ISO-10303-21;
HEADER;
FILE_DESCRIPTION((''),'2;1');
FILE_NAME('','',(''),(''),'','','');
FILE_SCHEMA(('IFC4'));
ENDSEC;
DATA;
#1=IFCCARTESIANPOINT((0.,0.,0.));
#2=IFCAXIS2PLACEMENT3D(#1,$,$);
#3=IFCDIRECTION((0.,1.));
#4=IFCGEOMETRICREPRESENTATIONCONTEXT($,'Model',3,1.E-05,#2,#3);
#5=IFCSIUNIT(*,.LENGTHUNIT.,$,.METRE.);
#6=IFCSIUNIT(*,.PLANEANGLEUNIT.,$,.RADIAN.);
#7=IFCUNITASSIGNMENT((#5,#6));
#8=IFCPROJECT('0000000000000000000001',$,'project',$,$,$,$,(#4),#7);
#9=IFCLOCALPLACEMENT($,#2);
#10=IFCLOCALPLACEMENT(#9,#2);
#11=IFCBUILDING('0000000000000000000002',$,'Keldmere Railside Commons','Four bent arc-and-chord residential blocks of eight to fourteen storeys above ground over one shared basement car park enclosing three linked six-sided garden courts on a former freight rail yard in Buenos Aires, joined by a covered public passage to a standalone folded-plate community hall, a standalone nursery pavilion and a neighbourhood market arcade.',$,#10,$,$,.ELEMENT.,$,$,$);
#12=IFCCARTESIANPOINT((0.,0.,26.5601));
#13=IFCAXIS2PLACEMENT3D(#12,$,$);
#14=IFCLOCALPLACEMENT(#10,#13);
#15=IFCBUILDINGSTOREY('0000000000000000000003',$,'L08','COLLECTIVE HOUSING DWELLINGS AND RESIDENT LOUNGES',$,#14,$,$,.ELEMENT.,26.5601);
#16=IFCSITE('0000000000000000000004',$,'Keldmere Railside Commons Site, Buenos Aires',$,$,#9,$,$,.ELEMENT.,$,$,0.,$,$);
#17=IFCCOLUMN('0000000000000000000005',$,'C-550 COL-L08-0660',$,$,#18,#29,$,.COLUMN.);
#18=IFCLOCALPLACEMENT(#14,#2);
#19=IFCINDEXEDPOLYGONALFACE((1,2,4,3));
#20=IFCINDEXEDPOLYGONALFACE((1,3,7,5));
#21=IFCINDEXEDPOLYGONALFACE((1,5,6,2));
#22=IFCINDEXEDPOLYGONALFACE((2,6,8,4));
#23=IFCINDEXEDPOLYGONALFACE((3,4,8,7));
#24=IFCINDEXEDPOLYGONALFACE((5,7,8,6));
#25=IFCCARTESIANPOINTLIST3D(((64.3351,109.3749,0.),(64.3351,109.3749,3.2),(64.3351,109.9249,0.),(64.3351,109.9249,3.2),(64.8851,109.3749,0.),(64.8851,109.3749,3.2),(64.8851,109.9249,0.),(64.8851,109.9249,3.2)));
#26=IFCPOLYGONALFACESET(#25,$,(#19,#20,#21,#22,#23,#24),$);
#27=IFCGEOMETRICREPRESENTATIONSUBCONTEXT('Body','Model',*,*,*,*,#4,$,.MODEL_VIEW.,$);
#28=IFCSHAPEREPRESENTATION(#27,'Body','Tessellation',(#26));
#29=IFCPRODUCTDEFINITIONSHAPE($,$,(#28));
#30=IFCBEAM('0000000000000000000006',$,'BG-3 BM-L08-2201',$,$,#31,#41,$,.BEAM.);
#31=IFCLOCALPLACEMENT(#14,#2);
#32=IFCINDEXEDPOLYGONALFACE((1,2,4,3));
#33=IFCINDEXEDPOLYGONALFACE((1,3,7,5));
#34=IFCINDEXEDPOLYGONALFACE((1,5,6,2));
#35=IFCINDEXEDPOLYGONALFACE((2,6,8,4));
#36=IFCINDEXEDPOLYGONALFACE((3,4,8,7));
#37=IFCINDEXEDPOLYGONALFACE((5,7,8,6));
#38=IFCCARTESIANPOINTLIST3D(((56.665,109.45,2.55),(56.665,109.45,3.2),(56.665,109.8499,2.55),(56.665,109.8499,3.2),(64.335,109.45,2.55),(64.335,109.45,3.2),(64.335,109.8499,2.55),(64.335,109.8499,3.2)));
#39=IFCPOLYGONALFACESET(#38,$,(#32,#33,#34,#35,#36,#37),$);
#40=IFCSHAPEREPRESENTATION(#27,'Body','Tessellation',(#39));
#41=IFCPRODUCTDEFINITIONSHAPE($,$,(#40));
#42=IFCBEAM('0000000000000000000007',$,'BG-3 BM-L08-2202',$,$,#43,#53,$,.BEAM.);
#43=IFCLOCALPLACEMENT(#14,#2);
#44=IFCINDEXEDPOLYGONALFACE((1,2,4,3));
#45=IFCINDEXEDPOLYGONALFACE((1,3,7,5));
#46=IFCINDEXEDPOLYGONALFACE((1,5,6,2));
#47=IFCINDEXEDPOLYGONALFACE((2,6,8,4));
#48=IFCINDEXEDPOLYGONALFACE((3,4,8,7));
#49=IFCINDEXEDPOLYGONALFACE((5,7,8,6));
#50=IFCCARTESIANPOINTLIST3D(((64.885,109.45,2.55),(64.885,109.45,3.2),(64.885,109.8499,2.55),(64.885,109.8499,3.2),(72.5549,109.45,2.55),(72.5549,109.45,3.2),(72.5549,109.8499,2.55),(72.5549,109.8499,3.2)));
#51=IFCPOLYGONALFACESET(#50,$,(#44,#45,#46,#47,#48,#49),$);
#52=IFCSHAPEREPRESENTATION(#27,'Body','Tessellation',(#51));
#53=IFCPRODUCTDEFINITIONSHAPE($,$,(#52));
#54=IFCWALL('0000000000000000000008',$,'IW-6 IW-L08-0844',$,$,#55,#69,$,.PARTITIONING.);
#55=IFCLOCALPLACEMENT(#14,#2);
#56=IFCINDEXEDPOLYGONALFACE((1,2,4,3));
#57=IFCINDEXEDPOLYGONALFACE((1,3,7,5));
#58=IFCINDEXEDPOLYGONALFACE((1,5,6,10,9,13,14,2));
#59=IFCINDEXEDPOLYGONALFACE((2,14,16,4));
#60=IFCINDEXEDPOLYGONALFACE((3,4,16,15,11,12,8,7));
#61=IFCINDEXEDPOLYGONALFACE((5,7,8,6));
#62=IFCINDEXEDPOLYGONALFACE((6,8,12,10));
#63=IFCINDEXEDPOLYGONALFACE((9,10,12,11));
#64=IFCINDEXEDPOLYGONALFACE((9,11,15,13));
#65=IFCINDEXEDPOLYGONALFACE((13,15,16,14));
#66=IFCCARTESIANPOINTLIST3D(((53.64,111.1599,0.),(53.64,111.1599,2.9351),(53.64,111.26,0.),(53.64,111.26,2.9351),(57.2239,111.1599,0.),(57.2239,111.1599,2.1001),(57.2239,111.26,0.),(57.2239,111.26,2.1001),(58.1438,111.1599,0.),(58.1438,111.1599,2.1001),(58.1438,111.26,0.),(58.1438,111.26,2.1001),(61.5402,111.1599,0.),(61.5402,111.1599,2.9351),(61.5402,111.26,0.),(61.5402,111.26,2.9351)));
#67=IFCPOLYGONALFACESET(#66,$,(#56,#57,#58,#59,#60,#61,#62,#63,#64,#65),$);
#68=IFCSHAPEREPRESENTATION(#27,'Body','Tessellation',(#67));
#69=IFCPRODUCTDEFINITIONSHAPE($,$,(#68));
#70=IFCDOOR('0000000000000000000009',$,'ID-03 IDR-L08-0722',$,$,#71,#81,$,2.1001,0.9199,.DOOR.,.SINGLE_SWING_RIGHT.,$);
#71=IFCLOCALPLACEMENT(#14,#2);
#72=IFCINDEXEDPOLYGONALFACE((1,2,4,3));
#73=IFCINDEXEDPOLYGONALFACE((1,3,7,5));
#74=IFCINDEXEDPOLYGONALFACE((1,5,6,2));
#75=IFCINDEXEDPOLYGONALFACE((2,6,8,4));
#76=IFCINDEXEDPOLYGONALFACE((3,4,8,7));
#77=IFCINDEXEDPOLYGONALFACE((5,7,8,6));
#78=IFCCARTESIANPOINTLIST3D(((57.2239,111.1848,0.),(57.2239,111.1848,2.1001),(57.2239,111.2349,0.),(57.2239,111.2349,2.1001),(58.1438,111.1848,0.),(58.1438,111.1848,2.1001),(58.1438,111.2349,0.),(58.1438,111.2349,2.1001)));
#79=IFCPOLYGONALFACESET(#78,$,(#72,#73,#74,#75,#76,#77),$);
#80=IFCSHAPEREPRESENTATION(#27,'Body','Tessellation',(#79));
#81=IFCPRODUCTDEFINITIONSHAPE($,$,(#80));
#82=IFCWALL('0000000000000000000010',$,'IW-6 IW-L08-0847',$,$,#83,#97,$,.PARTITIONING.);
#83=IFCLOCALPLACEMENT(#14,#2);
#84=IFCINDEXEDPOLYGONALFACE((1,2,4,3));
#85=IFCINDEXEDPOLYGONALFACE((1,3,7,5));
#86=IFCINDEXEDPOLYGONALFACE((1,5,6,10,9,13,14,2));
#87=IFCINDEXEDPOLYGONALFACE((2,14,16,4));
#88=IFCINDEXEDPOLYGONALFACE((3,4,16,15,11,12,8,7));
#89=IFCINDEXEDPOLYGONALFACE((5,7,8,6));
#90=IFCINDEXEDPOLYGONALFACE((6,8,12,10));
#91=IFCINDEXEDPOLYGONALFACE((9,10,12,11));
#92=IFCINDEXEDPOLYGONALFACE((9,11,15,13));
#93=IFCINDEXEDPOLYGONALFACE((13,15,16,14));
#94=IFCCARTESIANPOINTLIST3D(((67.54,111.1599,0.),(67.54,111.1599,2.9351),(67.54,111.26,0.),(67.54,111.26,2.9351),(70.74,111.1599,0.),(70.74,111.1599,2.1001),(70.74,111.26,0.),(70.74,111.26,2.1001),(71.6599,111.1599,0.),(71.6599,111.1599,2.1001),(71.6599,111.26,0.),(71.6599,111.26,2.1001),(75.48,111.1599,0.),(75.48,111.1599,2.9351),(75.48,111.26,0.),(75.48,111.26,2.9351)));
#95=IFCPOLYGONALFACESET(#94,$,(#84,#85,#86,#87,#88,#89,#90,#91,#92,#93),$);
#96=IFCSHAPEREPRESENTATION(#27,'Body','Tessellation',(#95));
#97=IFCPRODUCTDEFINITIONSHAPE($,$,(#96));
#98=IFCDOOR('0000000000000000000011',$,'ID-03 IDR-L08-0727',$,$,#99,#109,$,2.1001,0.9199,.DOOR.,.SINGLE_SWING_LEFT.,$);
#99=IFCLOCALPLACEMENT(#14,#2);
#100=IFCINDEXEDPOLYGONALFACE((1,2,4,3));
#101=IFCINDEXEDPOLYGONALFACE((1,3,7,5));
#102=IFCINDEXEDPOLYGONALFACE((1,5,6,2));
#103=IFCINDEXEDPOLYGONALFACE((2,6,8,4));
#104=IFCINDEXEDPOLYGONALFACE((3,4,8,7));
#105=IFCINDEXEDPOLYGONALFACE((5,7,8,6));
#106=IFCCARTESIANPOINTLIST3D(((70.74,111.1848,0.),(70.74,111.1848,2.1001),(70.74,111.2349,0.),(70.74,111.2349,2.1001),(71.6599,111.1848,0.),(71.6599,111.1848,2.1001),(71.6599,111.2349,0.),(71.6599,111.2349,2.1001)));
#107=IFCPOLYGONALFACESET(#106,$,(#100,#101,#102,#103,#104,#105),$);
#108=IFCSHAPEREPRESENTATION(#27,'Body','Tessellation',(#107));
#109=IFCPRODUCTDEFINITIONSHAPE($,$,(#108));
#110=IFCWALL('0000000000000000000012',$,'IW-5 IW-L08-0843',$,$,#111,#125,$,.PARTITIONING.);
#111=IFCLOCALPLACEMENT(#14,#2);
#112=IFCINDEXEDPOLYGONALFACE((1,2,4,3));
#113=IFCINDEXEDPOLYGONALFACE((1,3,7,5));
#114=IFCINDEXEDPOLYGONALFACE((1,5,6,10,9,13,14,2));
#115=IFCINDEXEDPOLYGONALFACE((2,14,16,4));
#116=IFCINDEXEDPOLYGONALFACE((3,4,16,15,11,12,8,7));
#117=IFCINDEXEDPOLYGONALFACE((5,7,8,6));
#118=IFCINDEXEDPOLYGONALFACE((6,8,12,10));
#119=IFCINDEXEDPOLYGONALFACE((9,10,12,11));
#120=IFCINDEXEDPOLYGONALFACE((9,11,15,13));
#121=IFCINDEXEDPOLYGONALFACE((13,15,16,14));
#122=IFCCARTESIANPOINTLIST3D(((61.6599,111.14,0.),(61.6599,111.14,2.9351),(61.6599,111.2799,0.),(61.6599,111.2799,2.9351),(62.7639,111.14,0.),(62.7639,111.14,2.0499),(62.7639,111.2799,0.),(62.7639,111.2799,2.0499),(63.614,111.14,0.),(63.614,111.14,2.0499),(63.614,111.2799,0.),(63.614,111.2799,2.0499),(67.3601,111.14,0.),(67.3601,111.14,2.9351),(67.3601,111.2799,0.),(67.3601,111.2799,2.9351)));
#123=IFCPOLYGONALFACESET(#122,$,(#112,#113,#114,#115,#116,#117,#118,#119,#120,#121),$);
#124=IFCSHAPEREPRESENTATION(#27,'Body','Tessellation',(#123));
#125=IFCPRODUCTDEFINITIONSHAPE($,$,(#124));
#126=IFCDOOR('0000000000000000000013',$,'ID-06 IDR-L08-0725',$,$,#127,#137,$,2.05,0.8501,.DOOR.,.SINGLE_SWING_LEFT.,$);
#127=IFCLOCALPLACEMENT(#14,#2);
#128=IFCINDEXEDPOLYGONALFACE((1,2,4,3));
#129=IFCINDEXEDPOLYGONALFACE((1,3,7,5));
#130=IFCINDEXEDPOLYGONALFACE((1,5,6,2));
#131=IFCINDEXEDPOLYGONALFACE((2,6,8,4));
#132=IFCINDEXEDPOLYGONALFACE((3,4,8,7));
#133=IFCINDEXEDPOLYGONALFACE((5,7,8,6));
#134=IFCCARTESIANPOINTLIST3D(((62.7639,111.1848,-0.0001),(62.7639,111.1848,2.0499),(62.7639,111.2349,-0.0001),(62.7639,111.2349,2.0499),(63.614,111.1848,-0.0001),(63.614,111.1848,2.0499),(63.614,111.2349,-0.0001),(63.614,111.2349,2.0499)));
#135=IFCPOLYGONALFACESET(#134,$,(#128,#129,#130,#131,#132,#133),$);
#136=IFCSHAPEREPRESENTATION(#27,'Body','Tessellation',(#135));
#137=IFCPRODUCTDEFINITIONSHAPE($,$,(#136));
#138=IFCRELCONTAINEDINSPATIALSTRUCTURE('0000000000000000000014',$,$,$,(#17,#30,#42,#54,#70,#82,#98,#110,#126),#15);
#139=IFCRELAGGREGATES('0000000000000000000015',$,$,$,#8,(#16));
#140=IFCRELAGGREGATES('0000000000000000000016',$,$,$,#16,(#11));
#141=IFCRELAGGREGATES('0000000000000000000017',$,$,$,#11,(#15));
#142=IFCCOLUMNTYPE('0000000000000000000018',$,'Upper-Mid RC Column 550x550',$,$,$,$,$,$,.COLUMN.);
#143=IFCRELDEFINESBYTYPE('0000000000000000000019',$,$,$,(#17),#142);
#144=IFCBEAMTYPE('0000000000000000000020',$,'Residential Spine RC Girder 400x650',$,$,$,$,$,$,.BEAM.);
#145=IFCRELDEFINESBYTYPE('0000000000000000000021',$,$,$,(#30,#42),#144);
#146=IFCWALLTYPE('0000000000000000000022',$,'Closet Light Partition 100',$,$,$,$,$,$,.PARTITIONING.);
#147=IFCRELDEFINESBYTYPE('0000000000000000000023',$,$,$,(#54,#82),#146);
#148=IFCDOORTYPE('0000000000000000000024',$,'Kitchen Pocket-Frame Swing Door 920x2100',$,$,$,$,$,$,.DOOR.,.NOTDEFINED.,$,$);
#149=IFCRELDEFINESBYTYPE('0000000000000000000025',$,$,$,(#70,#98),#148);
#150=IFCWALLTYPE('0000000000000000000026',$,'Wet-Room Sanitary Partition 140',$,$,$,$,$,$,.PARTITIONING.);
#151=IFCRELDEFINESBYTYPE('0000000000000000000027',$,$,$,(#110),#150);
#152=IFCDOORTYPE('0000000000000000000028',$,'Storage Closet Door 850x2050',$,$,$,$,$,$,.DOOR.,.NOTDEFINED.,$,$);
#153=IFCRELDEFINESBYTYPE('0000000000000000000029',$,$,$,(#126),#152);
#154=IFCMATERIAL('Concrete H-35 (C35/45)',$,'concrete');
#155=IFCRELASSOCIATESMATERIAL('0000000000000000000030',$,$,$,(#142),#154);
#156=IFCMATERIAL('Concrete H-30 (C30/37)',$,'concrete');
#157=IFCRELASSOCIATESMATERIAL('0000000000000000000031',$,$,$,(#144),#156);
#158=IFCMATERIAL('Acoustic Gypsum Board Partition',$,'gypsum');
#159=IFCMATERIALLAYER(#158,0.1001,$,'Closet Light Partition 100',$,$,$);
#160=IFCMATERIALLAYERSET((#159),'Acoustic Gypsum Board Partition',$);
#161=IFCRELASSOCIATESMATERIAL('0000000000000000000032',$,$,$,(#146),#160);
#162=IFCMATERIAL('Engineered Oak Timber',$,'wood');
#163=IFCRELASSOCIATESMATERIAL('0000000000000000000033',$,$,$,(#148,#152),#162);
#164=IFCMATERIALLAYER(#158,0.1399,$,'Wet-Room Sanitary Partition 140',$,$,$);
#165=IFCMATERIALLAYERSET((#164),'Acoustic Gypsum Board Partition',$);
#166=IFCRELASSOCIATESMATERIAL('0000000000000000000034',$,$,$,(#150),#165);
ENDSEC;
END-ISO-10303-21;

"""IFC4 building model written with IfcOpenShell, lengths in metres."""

from ifc_helpers import new_model, si_unit, direction, frame, frame_2d, origin, origin_2d, place, context, subcontext, project, spatial, rectangle, extrude, material, layer, layer_set, material_profile, profile_set, type_object, element, fill, save


model = new_model("IFC4")

# Units and contexts
model_context = context("Model", 3, precision=1e-05, world=origin(), true_north=direction((0.0, 1.0)))
body_context = subcontext(model_context, "Body", "Model", "MODEL_VIEW")
ifc_project = project(units=[si_unit("LENGTHUNIT", "METRE"), si_unit("PLANEANGLEUNIT", "RADIAN")], contexts=[model_context])

# Site, building, storey
site_placement = place(None, origin())
site = spatial("IfcSite", under=ifc_project, at=site_placement, Name="Keldmere Railside Commons Site, Buenos Aires", CompositionType="ELEMENT", RefElevation=0.0)
building_placement = place(site_placement, origin())
building = spatial("IfcBuilding", under=site, at=building_placement, Name="Keldmere Railside Commons", Description="Four bent arc-and-chord residential blocks of eight to fourteen storeys above ground over one shared basement car park enclosing three linked six-sided garden courts on a former freight rail yard in Buenos Aires, joined by a covered public passage to a standalone folded-plate community hall, a standalone nursery pavilion and a neighbourhood market arcade.", CompositionType="ELEMENT")
storey_placement = place(building_placement, frame((0.0, 0.0, 26.5601)))
storey = spatial("IfcBuildingStorey", under=building, at=storey_placement, Name="L08", Description="COLLECTIVE HOUSING DWELLINGS AND RESIDENT LOUNGES", CompositionType="ELEMENT", Elevation=26.5601)

# Column
ifc_material_1 = material(Name="Concrete H-35 (C35/45)", Category="concrete")
ifc_material_profile_1 = material_profile(ifc_material_1, rectangle(XDim=0.55, YDim=0.55, at=origin_2d()), Name="RC-550x550")
ifc_profile_set_1 = profile_set([ifc_material_profile_1], Name="Concrete H-35 (C35/45)")
column_type = type_object("IfcColumnType", Name="Upper-Mid RC Column 550x550", PredefinedType="COLUMN", material=ifc_profile_set_1)
column_placement = place(storey_placement, frame((64.6101, 109.6499, 0.0), z_axis=(0.0, 0.0, 1.0), x_axis=(1.0, 0.0, 0.0)))
element("IfcColumn", 1, at=column_placement, inside=storey, type_object=column_type, Name="C-550 COL-L08-0660", PredefinedType="COLUMN", context=body_context, shape_type="SweptSolid", body=[
    extrude(rectangle(XDim=0.55, YDim=0.55, at=origin_2d()), origin(), (0.0, 0.0, 1.0), 3.2),
])

# Beams
ifc_material_2 = material(Name="Concrete H-30 (C30/37)", Category="concrete")
ifc_material_profile_2 = material_profile(ifc_material_2, rectangle(XDim=0.3999, YDim=0.6499, at=origin_2d()), Name="RC-400x650")
ifc_profile_set_2 = profile_set([ifc_material_profile_2], Name="Concrete H-30 (C30/37)")
beam_type = type_object("IfcBeamType", Name="Residential Spine RC Girder 400x650", PredefinedType="BEAM", material=ifc_profile_set_2)
for number, where, z_axis, x_axis, name in (
    (2, (56.665, 109.6499, 2.875), (1.0, 0.0, 0.0), (0.0, 1.0, 0.0), "BG-3 BM-L08-2201"),
    (3, (64.885, 109.6499, 2.875), (1.0, 0.0, 0.0), (0.0, 1.0, 0.0), "BG-3 BM-L08-2202"),
):
    element("IfcBeam", number, at=place(storey_placement, frame(where, z_axis=z_axis, x_axis=x_axis)), inside=storey, type_object=beam_type, Name=name, PredefinedType="BEAM", context=body_context, shape_type="SweptSolid", body=[
        extrude(rectangle(XDim=0.3999, YDim=0.6499, at=origin_2d()), origin(), (0.0, 0.0, 1.0), 7.6699),
    ])

# Walls, openings, doors
ifc_material_3 = material(Name="Acoustic Gypsum Board Partition", Category="gypsum")
ifc_layer_1 = layer(ifc_material_3, 0.1001, Name="Closet Light Partition 100")
ifc_layer_set_1 = layer_set([ifc_layer_1], Name="Acoustic Gypsum Board Partition")
wall_type_1 = type_object("IfcWallType", Name="Closet Light Partition 100", PredefinedType="PARTITIONING", material=ifc_layer_set_1)
wall_1_placement = place(storey_placement, frame((53.6399, 111.21, 0.0), z_axis=(0.0, 0.0, 1.0), x_axis=(1.0, 0.0, 0.0)))
wall_1 = element("IfcWall", 4, at=wall_1_placement, inside=storey, type_object=wall_type_1, Name="IW-6 IW-L08-0844", PredefinedType="PARTITIONING", context=body_context, shape_type="SweptSolid", body=[
    extrude(rectangle(XDim=7.9001, YDim=0.1001, at=frame_2d((3.9502, 0.0))), origin(), (0.0, 0.0, 1.0), 2.9351),
])
opening_1_placement = place(wall_1_placement, frame((3.584, 0.0, 0.0)))
opening_1 = element("IfcOpeningElement", 5, at=opening_1_placement, cuts=wall_1, PredefinedType="OPENING", context=body_context, shape_type="SweptSolid", body=[
    extrude(rectangle(XDim=0.9199, YDim=2.1001, at=frame_2d((0.46, 1.05))), frame((0.0, 0.0601, 0.0), z_axis=(0.0, -1.0, 0.0), x_axis=(1.0, 0.0, 0.0)), (0.0, 0.0, 1.0), 0.1201),
])
ifc_material_4 = material(Name="Engineered Oak Timber", Category="wood")
door_type_1 = type_object("IfcDoorType", Name="Kitchen Pocket-Frame Swing Door 920x2100", OperationType="NOTDEFINED", PredefinedType="DOOR", material=ifc_material_4)
door_1_placement = place(opening_1_placement, origin())
door_1 = element("IfcDoor", 6, at=door_1_placement, inside=storey, type_object=door_type_1, Name="ID-03 IDR-L08-0722", OperationType="SINGLE_SWING_RIGHT", OverallHeight=2.1001, OverallWidth=0.9199, PredefinedType="DOOR", context=body_context, shape_type="SweptSolid", body=[
    extrude(rectangle(XDim=0.9199, YDim=2.1001, at=frame_2d((0.46, 1.05))), frame((0.0, 0.0249, 0.0), z_axis=(0.0, -1.0, 0.0), x_axis=(1.0, 0.0, 0.0)), (0.0, 0.0, 1.0), 0.05),
])
fill(opening_1, door_1)
wall_2_placement = place(storey_placement, frame((67.54, 111.21, 0.0), z_axis=(0.0, 0.0, 1.0), x_axis=(1.0, 0.0, 0.0)))
wall_2 = element("IfcWall", 7, at=wall_2_placement, inside=storey, type_object=wall_type_1, Name="IW-6 IW-L08-0847", PredefinedType="PARTITIONING", context=body_context, shape_type="SweptSolid", body=[
    extrude(rectangle(XDim=7.9399, YDim=0.1001, at=frame_2d((3.97, 0.0))), origin(), (0.0, 0.0, 1.0), 2.9351),
])
opening_2_placement = place(wall_2_placement, frame((3.2, 0.0, 0.0)))
opening_2 = element("IfcOpeningElement", 8, at=opening_2_placement, cuts=wall_2, PredefinedType="OPENING", context=body_context, shape_type="SweptSolid", body=[
    extrude(rectangle(XDim=0.9199, YDim=2.1001, at=frame_2d((0.46, 1.05))), frame((0.0, 0.0601, 0.0), z_axis=(0.0, -1.0, 0.0), x_axis=(1.0, 0.0, 0.0)), (0.0, 0.0, 1.0), 0.1201),
])
door_2_placement = place(opening_2_placement, origin())
door_2 = element("IfcDoor", 9, at=door_2_placement, inside=storey, type_object=door_type_1, Name="ID-03 IDR-L08-0727", OperationType="SINGLE_SWING_LEFT", OverallHeight=2.1001, OverallWidth=0.9199, PredefinedType="DOOR", context=body_context, shape_type="SweptSolid", body=[
    extrude(rectangle(XDim=0.9199, YDim=2.1001, at=frame_2d((0.46, 1.05))), frame((0.0, 0.0249, 0.0), z_axis=(0.0, -1.0, 0.0), x_axis=(1.0, 0.0, 0.0)), (0.0, 0.0, 1.0), 0.05),
])
fill(opening_2, door_2)
ifc_layer_2 = layer(ifc_material_3, 0.1399, Name="Wet-Room Sanitary Partition 140")
ifc_layer_set_2 = layer_set([ifc_layer_2], Name="Acoustic Gypsum Board Partition")
wall_type_2 = type_object("IfcWallType", Name="Wet-Room Sanitary Partition 140", PredefinedType="PARTITIONING", material=ifc_layer_set_2)
wall_3_placement = place(storey_placement, frame((61.6599, 111.21, 0.0), z_axis=(0.0, 0.0, 1.0), x_axis=(1.0, 0.0, 0.0)))
wall_3 = element("IfcWall", 10, at=wall_3_placement, inside=storey, type_object=wall_type_2, Name="IW-5 IW-L08-0843", PredefinedType="PARTITIONING", context=body_context, shape_type="SweptSolid", body=[
    extrude(rectangle(XDim=5.7002, YDim=0.1399, at=frame_2d((2.8501, 0.0))), origin(), (0.0, 0.0, 1.0), 2.9351),
])
opening_3_placement = place(wall_3_placement, frame((1.104, 0.0, 0.0)))
opening_3 = element("IfcOpeningElement", 11, at=opening_3_placement, cuts=wall_3, PredefinedType="OPENING", context=body_context, shape_type="SweptSolid", body=[
    extrude(rectangle(XDim=0.8501, YDim=2.05, at=frame_2d((0.425, 1.0249))), frame((0.0, 0.0798, 0.0), z_axis=(0.0, -1.0, 0.0), x_axis=(1.0, 0.0, 0.0)), (0.0, 0.0, 1.0), 0.1599),
])
door_type_2 = type_object("IfcDoorType", Name="Storage Closet Door 850x2050", OperationType="NOTDEFINED", PredefinedType="DOOR", material=ifc_material_4)
door_3_placement = place(opening_3_placement, origin())
door_3 = element("IfcDoor", 12, at=door_3_placement, inside=storey, type_object=door_type_2, Name="ID-06 IDR-L08-0725", OperationType="SINGLE_SWING_LEFT", OverallHeight=2.05, OverallWidth=0.8501, PredefinedType="DOOR", context=body_context, shape_type="SweptSolid", body=[
    extrude(rectangle(XDim=0.8501, YDim=2.05, at=frame_2d((0.425, 1.0249))), frame((0.0, 0.0249, 0.0), z_axis=(0.0, -1.0, 0.0), x_axis=(1.0, 0.0, 0.0)), (0.0, 0.0, 1.0), 0.05),
])
fill(opening_3, door_3)

save(model, "model.ifc")
